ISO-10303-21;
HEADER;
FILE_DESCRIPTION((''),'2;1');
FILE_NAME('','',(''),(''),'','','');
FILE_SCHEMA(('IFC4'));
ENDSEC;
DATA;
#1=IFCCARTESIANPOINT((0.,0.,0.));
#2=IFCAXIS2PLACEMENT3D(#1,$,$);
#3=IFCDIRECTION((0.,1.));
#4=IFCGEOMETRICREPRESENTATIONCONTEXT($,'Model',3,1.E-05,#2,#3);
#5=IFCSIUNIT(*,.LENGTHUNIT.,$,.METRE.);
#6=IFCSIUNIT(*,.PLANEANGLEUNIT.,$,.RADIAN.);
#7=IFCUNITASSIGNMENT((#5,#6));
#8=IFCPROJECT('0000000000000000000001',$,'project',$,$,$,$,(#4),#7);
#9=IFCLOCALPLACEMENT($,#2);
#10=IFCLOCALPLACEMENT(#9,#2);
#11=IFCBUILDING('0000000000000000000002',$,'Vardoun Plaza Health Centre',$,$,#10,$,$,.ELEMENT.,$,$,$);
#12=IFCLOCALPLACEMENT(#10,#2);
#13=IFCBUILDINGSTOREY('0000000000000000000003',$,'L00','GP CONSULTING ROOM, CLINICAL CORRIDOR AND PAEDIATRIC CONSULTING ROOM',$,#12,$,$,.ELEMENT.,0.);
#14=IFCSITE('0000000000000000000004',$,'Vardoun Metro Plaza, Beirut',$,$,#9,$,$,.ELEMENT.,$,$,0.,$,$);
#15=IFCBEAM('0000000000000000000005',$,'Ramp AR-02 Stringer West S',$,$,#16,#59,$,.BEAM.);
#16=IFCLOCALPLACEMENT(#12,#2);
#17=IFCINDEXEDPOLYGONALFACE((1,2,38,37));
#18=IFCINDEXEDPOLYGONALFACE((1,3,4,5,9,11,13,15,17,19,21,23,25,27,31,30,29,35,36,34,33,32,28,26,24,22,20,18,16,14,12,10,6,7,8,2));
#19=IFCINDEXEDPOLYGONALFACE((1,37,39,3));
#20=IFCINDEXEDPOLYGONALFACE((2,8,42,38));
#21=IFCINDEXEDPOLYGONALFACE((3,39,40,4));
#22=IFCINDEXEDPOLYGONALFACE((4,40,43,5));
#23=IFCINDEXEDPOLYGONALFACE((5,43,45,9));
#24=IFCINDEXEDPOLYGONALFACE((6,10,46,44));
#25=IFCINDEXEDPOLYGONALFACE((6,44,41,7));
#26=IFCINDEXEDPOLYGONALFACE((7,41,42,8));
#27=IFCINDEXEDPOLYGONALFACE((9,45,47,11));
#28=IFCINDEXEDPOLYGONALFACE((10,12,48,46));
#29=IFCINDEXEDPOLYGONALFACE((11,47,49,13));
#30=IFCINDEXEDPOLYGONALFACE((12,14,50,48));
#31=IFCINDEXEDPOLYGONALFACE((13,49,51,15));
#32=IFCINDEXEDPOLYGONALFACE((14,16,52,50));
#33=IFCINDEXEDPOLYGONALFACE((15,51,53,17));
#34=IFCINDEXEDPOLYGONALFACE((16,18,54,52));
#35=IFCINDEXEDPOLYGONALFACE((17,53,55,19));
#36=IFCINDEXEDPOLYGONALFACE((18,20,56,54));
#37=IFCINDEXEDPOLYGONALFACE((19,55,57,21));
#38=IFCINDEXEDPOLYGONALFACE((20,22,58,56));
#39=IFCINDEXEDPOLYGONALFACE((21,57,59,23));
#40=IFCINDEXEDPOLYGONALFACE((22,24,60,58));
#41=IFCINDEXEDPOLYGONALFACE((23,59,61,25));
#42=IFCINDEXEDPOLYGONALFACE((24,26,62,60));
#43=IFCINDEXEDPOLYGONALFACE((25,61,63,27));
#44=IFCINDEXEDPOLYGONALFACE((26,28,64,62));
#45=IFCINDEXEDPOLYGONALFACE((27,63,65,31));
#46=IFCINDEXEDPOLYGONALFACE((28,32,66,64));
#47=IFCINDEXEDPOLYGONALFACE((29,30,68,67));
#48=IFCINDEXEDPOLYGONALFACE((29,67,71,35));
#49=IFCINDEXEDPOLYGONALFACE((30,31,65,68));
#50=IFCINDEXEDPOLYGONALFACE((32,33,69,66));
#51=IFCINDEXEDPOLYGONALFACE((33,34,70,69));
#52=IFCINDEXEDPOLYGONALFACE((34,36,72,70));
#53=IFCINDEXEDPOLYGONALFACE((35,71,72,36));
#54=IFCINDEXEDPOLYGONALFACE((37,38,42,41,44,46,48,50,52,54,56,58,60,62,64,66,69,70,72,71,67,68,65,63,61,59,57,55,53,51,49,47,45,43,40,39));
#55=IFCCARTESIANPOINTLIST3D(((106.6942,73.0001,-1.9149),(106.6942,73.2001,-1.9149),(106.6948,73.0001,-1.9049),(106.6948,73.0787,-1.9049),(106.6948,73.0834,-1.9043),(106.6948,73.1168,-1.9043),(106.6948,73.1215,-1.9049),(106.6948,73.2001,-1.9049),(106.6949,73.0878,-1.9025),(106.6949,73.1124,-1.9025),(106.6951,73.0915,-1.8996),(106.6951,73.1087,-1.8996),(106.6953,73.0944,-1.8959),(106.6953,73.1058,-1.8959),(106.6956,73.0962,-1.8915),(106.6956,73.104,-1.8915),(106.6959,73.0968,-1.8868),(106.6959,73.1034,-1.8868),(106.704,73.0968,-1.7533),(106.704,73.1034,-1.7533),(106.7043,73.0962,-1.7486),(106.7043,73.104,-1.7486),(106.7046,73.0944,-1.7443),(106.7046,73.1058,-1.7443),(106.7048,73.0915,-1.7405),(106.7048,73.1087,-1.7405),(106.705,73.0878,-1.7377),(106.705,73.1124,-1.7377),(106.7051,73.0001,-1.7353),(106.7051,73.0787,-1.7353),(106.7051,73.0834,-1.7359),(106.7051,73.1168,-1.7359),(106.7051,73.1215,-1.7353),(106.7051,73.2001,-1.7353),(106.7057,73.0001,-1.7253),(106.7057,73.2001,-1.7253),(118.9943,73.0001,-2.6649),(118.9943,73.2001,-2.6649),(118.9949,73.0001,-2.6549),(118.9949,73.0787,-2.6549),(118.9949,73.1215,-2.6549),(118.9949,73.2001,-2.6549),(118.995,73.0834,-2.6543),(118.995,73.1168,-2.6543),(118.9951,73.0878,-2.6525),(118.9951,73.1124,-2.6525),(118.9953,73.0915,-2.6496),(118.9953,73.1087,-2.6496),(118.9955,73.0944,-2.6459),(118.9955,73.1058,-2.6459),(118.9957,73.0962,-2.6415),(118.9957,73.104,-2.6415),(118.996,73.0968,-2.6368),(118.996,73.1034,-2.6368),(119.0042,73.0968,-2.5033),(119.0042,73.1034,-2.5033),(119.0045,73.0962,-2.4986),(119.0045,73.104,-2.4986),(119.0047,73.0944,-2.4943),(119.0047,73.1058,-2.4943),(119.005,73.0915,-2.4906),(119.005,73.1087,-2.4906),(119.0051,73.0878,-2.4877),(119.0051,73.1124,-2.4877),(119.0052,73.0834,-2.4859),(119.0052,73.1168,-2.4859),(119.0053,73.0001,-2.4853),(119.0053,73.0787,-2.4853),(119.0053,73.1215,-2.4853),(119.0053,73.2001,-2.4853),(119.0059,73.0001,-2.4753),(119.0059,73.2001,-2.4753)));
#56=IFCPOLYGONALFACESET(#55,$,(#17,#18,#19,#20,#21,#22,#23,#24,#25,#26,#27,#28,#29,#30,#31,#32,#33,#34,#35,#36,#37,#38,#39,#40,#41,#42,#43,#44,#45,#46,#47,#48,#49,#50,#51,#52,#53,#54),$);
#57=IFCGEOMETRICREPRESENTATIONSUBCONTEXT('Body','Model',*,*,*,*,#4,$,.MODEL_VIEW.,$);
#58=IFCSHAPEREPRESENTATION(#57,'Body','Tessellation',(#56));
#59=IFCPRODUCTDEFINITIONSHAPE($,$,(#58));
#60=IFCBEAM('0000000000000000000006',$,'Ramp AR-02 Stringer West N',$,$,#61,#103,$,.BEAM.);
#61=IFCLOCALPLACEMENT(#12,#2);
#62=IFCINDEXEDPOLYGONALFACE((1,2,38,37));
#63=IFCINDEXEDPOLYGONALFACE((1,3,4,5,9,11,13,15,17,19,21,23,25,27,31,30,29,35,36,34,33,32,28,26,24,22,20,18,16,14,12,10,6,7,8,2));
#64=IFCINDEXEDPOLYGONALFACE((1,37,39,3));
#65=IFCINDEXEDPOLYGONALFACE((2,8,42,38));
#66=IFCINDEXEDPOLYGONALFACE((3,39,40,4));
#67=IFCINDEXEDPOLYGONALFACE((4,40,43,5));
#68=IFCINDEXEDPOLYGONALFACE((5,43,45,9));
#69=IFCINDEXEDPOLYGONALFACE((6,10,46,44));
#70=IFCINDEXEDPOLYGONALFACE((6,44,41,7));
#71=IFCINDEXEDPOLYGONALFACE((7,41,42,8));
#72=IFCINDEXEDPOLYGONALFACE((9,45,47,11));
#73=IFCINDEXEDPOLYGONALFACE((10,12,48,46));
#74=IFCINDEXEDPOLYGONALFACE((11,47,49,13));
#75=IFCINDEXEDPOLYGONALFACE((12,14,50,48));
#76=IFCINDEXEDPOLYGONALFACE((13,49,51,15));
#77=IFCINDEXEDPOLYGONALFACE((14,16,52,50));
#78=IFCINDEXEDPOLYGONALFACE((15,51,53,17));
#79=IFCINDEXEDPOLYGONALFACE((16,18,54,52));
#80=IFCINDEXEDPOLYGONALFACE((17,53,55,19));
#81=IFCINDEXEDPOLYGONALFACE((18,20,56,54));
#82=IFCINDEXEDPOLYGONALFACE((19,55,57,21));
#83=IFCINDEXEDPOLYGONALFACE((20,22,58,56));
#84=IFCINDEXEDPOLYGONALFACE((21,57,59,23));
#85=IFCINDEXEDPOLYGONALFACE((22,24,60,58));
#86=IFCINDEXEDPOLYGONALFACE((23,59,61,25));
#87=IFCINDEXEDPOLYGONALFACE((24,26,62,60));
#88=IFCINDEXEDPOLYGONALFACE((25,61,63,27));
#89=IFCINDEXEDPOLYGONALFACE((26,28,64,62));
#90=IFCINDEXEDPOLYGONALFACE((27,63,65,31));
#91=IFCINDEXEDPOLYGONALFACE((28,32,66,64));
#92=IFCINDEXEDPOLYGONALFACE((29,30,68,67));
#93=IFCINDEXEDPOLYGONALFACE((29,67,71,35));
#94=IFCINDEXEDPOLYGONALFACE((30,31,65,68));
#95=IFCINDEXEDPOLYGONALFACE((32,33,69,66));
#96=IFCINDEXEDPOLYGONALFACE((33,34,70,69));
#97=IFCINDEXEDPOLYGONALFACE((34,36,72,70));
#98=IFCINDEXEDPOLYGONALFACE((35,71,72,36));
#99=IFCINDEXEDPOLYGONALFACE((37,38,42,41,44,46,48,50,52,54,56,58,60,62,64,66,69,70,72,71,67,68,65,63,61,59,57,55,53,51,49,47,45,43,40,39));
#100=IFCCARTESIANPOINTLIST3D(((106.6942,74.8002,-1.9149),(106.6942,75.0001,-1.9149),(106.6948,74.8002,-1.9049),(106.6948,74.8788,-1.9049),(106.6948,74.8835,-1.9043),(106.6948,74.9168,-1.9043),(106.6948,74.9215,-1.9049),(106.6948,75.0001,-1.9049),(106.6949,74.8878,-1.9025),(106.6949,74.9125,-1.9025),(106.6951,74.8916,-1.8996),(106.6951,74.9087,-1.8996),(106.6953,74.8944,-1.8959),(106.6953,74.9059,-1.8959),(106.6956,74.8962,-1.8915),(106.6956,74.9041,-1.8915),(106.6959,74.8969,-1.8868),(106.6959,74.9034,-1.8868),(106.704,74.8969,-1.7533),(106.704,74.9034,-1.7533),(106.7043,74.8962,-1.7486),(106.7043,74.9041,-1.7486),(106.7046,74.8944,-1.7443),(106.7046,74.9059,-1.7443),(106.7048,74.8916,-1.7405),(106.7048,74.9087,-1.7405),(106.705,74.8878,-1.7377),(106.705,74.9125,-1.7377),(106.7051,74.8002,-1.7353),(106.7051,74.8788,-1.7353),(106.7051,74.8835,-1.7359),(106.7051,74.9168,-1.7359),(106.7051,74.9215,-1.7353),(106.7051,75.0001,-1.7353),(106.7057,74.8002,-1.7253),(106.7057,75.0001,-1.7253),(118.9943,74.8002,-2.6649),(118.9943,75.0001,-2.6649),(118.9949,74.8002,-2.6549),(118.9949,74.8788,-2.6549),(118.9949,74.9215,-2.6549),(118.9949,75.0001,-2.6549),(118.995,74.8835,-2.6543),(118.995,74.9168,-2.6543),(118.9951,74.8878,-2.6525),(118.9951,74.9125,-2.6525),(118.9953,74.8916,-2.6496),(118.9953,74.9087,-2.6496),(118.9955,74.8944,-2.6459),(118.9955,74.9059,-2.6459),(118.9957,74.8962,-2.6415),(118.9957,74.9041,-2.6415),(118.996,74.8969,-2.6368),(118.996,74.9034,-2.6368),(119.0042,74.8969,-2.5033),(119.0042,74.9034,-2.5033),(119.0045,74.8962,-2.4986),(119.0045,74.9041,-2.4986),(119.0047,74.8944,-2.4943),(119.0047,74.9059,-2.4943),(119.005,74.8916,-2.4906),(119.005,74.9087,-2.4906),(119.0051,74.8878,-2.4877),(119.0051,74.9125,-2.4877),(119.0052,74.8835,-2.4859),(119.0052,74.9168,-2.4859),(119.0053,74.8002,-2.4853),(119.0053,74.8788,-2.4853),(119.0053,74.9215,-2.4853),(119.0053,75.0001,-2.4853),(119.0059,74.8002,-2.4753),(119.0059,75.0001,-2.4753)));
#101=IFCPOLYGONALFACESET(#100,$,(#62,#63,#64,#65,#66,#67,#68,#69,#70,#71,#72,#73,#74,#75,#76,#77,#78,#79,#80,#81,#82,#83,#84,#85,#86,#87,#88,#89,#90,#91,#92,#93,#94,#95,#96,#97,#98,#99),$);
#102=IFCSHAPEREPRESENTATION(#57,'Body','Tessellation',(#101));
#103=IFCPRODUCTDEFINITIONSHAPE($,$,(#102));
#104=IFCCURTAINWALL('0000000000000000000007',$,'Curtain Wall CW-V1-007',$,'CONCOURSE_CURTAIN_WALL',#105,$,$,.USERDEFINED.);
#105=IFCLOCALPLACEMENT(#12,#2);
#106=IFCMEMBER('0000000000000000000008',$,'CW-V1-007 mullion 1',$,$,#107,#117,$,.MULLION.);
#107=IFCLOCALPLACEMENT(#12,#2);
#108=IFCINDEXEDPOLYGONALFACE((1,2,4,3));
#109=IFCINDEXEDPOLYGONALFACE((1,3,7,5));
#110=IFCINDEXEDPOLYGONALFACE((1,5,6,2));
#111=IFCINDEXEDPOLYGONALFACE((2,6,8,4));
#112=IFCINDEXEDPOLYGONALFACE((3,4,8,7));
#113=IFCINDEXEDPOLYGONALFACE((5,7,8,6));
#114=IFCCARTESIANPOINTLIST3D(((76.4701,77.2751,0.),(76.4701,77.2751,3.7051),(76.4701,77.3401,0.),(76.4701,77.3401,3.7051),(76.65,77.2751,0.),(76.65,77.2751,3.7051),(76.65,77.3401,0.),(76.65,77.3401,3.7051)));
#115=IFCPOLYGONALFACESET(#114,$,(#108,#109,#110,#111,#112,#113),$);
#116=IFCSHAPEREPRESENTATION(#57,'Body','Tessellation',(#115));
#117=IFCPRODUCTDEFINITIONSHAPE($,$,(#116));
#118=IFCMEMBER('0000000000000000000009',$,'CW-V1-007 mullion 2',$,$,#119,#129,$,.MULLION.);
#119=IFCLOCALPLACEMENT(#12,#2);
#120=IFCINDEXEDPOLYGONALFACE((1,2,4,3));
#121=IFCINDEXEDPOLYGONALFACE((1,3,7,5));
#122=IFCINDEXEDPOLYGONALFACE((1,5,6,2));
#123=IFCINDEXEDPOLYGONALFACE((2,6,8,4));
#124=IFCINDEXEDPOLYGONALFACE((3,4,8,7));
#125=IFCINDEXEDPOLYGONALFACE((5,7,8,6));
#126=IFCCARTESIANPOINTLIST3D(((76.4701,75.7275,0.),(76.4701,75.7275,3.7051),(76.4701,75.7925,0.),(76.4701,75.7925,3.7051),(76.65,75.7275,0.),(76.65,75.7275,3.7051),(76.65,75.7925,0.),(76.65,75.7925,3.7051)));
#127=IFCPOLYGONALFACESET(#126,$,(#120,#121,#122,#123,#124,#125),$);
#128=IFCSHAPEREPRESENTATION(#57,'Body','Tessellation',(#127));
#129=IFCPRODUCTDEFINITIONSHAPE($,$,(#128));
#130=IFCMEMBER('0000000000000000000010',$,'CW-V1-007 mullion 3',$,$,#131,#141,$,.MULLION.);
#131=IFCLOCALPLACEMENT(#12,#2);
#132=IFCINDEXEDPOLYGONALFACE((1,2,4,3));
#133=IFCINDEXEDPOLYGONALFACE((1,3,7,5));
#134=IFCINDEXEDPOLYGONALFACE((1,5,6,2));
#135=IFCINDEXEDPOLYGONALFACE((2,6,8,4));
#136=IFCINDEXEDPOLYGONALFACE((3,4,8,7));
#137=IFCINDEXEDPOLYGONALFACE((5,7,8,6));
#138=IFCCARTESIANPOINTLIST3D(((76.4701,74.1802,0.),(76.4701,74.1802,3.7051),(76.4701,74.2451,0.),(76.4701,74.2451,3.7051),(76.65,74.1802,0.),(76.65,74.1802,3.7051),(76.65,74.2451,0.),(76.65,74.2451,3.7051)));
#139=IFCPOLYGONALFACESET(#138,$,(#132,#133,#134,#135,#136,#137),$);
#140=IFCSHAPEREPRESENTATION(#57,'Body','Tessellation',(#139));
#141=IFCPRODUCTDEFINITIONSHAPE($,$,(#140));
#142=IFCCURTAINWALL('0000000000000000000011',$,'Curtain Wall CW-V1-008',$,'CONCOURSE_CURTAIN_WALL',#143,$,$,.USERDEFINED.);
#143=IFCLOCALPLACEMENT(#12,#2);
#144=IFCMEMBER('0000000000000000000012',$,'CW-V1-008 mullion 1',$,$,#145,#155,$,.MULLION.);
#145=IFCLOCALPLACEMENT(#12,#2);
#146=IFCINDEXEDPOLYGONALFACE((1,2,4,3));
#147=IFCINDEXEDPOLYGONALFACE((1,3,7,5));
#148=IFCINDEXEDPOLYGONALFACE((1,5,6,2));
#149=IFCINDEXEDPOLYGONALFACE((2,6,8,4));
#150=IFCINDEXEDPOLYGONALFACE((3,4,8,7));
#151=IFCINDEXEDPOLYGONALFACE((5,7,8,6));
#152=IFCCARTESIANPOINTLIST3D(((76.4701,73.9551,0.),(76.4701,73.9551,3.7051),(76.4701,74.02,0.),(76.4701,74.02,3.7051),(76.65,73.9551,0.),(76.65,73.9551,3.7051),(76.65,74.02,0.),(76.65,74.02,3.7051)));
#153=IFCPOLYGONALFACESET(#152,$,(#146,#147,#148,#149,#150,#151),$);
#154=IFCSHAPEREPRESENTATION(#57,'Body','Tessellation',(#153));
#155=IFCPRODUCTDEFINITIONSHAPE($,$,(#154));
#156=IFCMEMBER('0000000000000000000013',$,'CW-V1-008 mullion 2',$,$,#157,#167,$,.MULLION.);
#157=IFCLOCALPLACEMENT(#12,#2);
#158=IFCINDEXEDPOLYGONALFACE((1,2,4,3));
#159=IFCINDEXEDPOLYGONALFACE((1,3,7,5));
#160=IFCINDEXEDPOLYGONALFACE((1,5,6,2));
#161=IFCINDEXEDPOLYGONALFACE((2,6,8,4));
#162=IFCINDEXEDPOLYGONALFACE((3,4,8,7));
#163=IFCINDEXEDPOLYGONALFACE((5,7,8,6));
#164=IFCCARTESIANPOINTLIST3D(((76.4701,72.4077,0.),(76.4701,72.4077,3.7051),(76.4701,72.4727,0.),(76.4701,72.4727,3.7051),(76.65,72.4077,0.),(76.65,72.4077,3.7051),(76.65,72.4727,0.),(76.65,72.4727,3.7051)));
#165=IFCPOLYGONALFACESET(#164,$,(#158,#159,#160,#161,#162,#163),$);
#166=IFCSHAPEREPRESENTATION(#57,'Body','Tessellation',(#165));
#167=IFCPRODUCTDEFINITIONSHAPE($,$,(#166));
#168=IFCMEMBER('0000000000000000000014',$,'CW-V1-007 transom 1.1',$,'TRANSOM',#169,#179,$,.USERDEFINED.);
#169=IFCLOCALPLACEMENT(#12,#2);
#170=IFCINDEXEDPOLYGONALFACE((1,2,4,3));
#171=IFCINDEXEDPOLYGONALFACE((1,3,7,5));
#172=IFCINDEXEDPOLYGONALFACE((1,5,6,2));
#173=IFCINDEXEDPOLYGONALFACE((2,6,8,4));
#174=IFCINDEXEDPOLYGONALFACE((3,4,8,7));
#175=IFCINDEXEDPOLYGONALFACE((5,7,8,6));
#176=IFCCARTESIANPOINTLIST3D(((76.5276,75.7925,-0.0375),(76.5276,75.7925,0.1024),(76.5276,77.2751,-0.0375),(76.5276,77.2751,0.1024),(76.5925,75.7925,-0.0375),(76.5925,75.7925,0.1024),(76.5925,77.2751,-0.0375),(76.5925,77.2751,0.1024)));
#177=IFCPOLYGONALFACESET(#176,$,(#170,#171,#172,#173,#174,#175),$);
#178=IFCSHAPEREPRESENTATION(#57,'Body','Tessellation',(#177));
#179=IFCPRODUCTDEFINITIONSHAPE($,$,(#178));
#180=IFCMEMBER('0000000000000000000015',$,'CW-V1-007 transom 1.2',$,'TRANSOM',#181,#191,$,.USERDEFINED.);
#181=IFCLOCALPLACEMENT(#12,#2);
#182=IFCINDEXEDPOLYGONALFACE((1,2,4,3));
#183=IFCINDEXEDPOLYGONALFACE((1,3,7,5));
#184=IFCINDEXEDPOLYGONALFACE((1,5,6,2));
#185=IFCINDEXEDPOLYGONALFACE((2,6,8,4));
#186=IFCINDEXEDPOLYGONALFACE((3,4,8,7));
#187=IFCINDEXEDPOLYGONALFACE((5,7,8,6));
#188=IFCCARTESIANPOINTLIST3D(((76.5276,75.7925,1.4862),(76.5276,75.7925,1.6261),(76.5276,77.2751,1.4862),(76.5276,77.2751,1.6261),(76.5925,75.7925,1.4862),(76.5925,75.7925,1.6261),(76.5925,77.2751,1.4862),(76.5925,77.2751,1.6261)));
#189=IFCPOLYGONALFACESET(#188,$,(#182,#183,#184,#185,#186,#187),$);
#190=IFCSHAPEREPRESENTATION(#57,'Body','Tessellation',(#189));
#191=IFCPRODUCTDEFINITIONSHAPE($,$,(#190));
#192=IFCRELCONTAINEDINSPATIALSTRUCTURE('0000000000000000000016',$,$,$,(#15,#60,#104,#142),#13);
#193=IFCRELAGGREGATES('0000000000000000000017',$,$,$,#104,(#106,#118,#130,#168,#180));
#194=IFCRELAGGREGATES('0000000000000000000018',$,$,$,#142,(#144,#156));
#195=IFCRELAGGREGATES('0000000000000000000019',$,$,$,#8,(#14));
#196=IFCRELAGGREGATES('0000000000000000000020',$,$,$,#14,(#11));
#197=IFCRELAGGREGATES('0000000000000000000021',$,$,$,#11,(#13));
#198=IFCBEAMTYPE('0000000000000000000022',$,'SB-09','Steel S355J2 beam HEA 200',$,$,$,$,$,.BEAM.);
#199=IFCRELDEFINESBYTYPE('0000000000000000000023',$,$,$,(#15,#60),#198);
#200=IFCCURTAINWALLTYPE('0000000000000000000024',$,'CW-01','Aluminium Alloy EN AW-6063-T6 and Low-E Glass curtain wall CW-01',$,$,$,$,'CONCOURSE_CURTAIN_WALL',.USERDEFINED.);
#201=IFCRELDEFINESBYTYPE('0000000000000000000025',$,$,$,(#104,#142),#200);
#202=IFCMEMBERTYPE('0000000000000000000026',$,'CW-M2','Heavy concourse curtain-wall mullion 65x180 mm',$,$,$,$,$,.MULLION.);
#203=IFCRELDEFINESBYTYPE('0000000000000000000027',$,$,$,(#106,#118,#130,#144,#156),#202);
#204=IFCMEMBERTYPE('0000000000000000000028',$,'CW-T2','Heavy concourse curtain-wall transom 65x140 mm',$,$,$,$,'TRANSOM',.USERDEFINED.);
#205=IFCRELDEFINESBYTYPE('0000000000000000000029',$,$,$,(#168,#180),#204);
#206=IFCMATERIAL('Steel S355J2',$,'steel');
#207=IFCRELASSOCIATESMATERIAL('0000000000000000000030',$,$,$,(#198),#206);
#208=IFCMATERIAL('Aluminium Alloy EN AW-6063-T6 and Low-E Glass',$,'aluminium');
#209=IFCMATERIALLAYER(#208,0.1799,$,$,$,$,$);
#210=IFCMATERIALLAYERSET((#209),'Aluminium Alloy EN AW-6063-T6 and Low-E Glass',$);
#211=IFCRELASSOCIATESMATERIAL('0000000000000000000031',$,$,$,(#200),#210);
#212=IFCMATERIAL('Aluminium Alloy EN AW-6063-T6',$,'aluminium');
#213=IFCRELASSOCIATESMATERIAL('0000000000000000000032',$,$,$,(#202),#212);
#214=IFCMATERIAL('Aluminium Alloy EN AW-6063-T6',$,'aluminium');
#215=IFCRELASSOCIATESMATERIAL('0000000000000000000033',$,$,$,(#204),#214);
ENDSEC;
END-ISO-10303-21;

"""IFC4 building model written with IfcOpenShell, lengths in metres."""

from ifc_helpers import new_model, si_unit, direction, frame, origin, origin_2d, place, context, subcontext, project, spatial, rectangle, i_section, extrude, material, layer, layer_set, material_profile, profile_set, type_object, element, aggregate, save


model = new_model("IFC4")

# Units and contexts
model_context = context("Model", 3, precision=1e-05, world=origin(), true_north=direction((0.0, 1.0)))
body_context = subcontext(model_context, "Body", "Model", "MODEL_VIEW")
ifc_project = project(units=[si_unit("LENGTHUNIT", "METRE"), si_unit("PLANEANGLEUNIT", "RADIAN")], contexts=[model_context])

# Site, building, storey
site_placement = place(None, origin())
site = spatial("IfcSite", under=ifc_project, at=site_placement, Name="Vardoun Metro Plaza, Beirut", CompositionType="ELEMENT", RefElevation=0.0)
building_placement = place(site_placement, origin())
building = spatial("IfcBuilding", under=site, at=building_placement, Name="Vardoun Plaza Health Centre", CompositionType="ELEMENT")
storey_placement = place(building_placement, origin())
storey = spatial("IfcBuildingStorey", under=building, at=storey_placement, Name="L00", Description="GP CONSULTING ROOM, CLINICAL CORRIDOR AND PAEDIATRIC CONSULTING ROOM", CompositionType="ELEMENT", Elevation=0.0)

# Beams
ifc_material_1 = material(Name="Steel S355J2", Category="steel")
ifc_material_profile_1 = material_profile(ifc_material_1, i_section(OverallWidth=0.2, OverallDepth=0.1899, WebThickness=0.0066, FlangeThickness=0.01, FilletRadius=0.0181, at=origin_2d()), Name="HEA 200")
ifc_profile_set_1 = profile_set([ifc_material_profile_1], Name="Steel S355J2")
beam_type = type_object("IfcBeamType", Name="SB-09", Description="Steel S355J2 beam HEA 200", PredefinedType="BEAM", material=ifc_profile_set_1)
for number, where, z_axis, x_axis, name in (
    (1, (106.7, 73.1001, -1.8201), (0.998146, 0.0, -0.060862), (0.0, 1.0, 0.0), "Ramp AR-02 Stringer West S"),
    (2, (106.7, 74.9001, -1.8201), (0.998146, 0.0, -0.060862), (0.0, 1.0, 0.0), "Ramp AR-02 Stringer West N"),
):
    element("IfcBeam", number, at=place(storey_placement, frame(where, z_axis=z_axis, x_axis=x_axis)), inside=storey, type_object=beam_type, Name=name, PredefinedType="BEAM", context=body_context, shape_type="SweptSolid", body=[
        extrude(i_section(OverallWidth=0.2, OverallDepth=0.1899, WebThickness=0.0066, FlangeThickness=0.01, FilletRadius=0.0181, at=origin_2d()), origin(), (0.0, 0.0, 1.0), 12.323),
    ])

# Curtain walls, members
ifc_material_2 = material(Name="Aluminium Alloy EN AW-6063-T6 and Low-E Glass", Category="aluminium")
ifc_layer_1 = layer(ifc_material_2, 0.1799)
ifc_layer_set_1 = layer_set([ifc_layer_1], Name="Aluminium Alloy EN AW-6063-T6 and Low-E Glass")
curtain_wall_type = type_object("IfcCurtainWallType", Name="CW-01", Description="Aluminium Alloy EN AW-6063-T6 and Low-E Glass curtain wall CW-01", ElementType="CONCOURSE_CURTAIN_WALL", PredefinedType="USERDEFINED", material=ifc_layer_set_1)
curtain_wall_1_placement = place(storey_placement, origin())
curtain_wall_1 = element("IfcCurtainWall", 3, at=curtain_wall_1_placement, inside=storey, type_object=curtain_wall_type, Name="Curtain Wall CW-V1-007", ObjectType="CONCOURSE_CURTAIN_WALL", PredefinedType="USERDEFINED")
ifc_material_3 = material(Name="Aluminium Alloy EN AW-6063-T6", Category="aluminium")
ifc_material_profile_2 = material_profile(ifc_material_3, rectangle(XDim=0.1799, YDim=0.0649, at=origin_2d()), Name="CWM 65x180")
ifc_profile_set_2 = profile_set([ifc_material_profile_2], Name="Aluminium Alloy EN AW-6063-T6")
member_type_1 = type_object("IfcMemberType", Name="CW-M2", Description="Heavy concourse curtain-wall mullion 65x180 mm", PredefinedType="MULLION", material=ifc_profile_set_2)
member_1_placement = place(storey_placement, frame((76.5601, 77.3076, 0.0), z_axis=(0.0, 0.0, 1.0), x_axis=(1.0, 0.0, 0.0)))
member_1 = element("IfcMember", 4, at=member_1_placement, type_object=member_type_1, Name="CW-V1-007 mullion 1", PredefinedType="MULLION", context=body_context, shape_type="SweptSolid", body=[
    extrude(rectangle(XDim=0.1799, YDim=0.0649, at=origin_2d()), origin(), (0.0, 0.0, 1.0), 3.7051),
])
member_2_placement = place(storey_placement, frame((76.5601, 75.76, 0.0), z_axis=(0.0, 0.0, 1.0), x_axis=(1.0, 0.0, 0.0)))
member_2 = element("IfcMember", 5, at=member_2_placement, type_object=member_type_1, Name="CW-V1-007 mullion 2", PredefinedType="MULLION", context=body_context, shape_type="SweptSolid", body=[
    extrude(rectangle(XDim=0.1799, YDim=0.0649, at=origin_2d()), origin(), (0.0, 0.0, 1.0), 3.7051),
])
member_3_placement = place(storey_placement, frame((76.5601, 74.2126, 0.0), z_axis=(0.0, 0.0, 1.0), x_axis=(1.0, 0.0, 0.0)))
member_3 = element("IfcMember", 6, at=member_3_placement, type_object=member_type_1, Name="CW-V1-007 mullion 3", PredefinedType="MULLION", context=body_context, shape_type="SweptSolid", body=[
    extrude(rectangle(XDim=0.1799, YDim=0.0649, at=origin_2d()), origin(), (0.0, 0.0, 1.0), 3.7051),
])
curtain_wall_2_placement = place(storey_placement, origin())
curtain_wall_2 = element("IfcCurtainWall", 7, at=curtain_wall_2_placement, inside=storey, type_object=curtain_wall_type, Name="Curtain Wall CW-V1-008", ObjectType="CONCOURSE_CURTAIN_WALL", PredefinedType="USERDEFINED")
member_4_placement = place(storey_placement, frame((76.5601, 73.9875, 0.0), z_axis=(0.0, 0.0, 1.0), x_axis=(1.0, 0.0, 0.0)))
member_4 = element("IfcMember", 8, at=member_4_placement, type_object=member_type_1, Name="CW-V1-008 mullion 1", PredefinedType="MULLION", context=body_context, shape_type="SweptSolid", body=[
    extrude(rectangle(XDim=0.1799, YDim=0.0649, at=origin_2d()), origin(), (0.0, 0.0, 1.0), 3.7051),
])
member_5_placement = place(storey_placement, frame((76.5601, 72.4402, 0.0), z_axis=(0.0, 0.0, 1.0), x_axis=(1.0, 0.0, 0.0)))
member_5 = element("IfcMember", 9, at=member_5_placement, type_object=member_type_1, Name="CW-V1-008 mullion 2", PredefinedType="MULLION", context=body_context, shape_type="SweptSolid", body=[
    extrude(rectangle(XDim=0.1799, YDim=0.0649, at=origin_2d()), origin(), (0.0, 0.0, 1.0), 3.7051),
])

# Members
ifc_material_4 = material(Name="Aluminium Alloy EN AW-6063-T6", Category="aluminium")
ifc_material_profile_3 = material_profile(ifc_material_4, rectangle(XDim=0.0649, YDim=0.1399, at=origin_2d()), Name="CWT 65x140")
ifc_profile_set_3 = profile_set([ifc_material_profile_3], Name="Aluminium Alloy EN AW-6063-T6")
member_type_2 = type_object("IfcMemberType", Name="CW-T2", Description="Heavy concourse curtain-wall transom 65x140 mm", ElementType="TRANSOM", PredefinedType="USERDEFINED", material=ifc_profile_set_3)
member_6_placement = place(storey_placement, frame((76.5601, 77.2751, 0.0325), z_axis=(0.0, -1.0, 0.0), x_axis=(1.0, 0.0, 0.0)))
member_6 = element("IfcMember", 10, at=member_6_placement, type_object=member_type_2, Name="CW-V1-007 transom 1.1", ObjectType="TRANSOM", PredefinedType="USERDEFINED", context=body_context, shape_type="SweptSolid", body=[
    extrude(rectangle(XDim=0.0649, YDim=0.1399, at=origin_2d()), origin(), (0.0, 0.0, 1.0), 1.4827),
])
member_7_placement = place(storey_placement, frame((76.5601, 77.2751, 1.5562), z_axis=(0.0, -1.0, 0.0), x_axis=(1.0, 0.0, 0.0)))
member_7 = element("IfcMember", 11, at=member_7_placement, type_object=member_type_2, Name="CW-V1-007 transom 1.2", ObjectType="TRANSOM", PredefinedType="USERDEFINED", context=body_context, shape_type="SweptSolid", body=[
    extrude(rectangle(XDim=0.0649, YDim=0.1399, at=origin_2d()), origin(), (0.0, 0.0, 1.0), 1.4827),
])

aggregate(curtain_wall_1, [member_1, member_2, member_3, member_6, member_7])
aggregate(curtain_wall_2, [member_4, member_5])

save(model, "model.ifc")
